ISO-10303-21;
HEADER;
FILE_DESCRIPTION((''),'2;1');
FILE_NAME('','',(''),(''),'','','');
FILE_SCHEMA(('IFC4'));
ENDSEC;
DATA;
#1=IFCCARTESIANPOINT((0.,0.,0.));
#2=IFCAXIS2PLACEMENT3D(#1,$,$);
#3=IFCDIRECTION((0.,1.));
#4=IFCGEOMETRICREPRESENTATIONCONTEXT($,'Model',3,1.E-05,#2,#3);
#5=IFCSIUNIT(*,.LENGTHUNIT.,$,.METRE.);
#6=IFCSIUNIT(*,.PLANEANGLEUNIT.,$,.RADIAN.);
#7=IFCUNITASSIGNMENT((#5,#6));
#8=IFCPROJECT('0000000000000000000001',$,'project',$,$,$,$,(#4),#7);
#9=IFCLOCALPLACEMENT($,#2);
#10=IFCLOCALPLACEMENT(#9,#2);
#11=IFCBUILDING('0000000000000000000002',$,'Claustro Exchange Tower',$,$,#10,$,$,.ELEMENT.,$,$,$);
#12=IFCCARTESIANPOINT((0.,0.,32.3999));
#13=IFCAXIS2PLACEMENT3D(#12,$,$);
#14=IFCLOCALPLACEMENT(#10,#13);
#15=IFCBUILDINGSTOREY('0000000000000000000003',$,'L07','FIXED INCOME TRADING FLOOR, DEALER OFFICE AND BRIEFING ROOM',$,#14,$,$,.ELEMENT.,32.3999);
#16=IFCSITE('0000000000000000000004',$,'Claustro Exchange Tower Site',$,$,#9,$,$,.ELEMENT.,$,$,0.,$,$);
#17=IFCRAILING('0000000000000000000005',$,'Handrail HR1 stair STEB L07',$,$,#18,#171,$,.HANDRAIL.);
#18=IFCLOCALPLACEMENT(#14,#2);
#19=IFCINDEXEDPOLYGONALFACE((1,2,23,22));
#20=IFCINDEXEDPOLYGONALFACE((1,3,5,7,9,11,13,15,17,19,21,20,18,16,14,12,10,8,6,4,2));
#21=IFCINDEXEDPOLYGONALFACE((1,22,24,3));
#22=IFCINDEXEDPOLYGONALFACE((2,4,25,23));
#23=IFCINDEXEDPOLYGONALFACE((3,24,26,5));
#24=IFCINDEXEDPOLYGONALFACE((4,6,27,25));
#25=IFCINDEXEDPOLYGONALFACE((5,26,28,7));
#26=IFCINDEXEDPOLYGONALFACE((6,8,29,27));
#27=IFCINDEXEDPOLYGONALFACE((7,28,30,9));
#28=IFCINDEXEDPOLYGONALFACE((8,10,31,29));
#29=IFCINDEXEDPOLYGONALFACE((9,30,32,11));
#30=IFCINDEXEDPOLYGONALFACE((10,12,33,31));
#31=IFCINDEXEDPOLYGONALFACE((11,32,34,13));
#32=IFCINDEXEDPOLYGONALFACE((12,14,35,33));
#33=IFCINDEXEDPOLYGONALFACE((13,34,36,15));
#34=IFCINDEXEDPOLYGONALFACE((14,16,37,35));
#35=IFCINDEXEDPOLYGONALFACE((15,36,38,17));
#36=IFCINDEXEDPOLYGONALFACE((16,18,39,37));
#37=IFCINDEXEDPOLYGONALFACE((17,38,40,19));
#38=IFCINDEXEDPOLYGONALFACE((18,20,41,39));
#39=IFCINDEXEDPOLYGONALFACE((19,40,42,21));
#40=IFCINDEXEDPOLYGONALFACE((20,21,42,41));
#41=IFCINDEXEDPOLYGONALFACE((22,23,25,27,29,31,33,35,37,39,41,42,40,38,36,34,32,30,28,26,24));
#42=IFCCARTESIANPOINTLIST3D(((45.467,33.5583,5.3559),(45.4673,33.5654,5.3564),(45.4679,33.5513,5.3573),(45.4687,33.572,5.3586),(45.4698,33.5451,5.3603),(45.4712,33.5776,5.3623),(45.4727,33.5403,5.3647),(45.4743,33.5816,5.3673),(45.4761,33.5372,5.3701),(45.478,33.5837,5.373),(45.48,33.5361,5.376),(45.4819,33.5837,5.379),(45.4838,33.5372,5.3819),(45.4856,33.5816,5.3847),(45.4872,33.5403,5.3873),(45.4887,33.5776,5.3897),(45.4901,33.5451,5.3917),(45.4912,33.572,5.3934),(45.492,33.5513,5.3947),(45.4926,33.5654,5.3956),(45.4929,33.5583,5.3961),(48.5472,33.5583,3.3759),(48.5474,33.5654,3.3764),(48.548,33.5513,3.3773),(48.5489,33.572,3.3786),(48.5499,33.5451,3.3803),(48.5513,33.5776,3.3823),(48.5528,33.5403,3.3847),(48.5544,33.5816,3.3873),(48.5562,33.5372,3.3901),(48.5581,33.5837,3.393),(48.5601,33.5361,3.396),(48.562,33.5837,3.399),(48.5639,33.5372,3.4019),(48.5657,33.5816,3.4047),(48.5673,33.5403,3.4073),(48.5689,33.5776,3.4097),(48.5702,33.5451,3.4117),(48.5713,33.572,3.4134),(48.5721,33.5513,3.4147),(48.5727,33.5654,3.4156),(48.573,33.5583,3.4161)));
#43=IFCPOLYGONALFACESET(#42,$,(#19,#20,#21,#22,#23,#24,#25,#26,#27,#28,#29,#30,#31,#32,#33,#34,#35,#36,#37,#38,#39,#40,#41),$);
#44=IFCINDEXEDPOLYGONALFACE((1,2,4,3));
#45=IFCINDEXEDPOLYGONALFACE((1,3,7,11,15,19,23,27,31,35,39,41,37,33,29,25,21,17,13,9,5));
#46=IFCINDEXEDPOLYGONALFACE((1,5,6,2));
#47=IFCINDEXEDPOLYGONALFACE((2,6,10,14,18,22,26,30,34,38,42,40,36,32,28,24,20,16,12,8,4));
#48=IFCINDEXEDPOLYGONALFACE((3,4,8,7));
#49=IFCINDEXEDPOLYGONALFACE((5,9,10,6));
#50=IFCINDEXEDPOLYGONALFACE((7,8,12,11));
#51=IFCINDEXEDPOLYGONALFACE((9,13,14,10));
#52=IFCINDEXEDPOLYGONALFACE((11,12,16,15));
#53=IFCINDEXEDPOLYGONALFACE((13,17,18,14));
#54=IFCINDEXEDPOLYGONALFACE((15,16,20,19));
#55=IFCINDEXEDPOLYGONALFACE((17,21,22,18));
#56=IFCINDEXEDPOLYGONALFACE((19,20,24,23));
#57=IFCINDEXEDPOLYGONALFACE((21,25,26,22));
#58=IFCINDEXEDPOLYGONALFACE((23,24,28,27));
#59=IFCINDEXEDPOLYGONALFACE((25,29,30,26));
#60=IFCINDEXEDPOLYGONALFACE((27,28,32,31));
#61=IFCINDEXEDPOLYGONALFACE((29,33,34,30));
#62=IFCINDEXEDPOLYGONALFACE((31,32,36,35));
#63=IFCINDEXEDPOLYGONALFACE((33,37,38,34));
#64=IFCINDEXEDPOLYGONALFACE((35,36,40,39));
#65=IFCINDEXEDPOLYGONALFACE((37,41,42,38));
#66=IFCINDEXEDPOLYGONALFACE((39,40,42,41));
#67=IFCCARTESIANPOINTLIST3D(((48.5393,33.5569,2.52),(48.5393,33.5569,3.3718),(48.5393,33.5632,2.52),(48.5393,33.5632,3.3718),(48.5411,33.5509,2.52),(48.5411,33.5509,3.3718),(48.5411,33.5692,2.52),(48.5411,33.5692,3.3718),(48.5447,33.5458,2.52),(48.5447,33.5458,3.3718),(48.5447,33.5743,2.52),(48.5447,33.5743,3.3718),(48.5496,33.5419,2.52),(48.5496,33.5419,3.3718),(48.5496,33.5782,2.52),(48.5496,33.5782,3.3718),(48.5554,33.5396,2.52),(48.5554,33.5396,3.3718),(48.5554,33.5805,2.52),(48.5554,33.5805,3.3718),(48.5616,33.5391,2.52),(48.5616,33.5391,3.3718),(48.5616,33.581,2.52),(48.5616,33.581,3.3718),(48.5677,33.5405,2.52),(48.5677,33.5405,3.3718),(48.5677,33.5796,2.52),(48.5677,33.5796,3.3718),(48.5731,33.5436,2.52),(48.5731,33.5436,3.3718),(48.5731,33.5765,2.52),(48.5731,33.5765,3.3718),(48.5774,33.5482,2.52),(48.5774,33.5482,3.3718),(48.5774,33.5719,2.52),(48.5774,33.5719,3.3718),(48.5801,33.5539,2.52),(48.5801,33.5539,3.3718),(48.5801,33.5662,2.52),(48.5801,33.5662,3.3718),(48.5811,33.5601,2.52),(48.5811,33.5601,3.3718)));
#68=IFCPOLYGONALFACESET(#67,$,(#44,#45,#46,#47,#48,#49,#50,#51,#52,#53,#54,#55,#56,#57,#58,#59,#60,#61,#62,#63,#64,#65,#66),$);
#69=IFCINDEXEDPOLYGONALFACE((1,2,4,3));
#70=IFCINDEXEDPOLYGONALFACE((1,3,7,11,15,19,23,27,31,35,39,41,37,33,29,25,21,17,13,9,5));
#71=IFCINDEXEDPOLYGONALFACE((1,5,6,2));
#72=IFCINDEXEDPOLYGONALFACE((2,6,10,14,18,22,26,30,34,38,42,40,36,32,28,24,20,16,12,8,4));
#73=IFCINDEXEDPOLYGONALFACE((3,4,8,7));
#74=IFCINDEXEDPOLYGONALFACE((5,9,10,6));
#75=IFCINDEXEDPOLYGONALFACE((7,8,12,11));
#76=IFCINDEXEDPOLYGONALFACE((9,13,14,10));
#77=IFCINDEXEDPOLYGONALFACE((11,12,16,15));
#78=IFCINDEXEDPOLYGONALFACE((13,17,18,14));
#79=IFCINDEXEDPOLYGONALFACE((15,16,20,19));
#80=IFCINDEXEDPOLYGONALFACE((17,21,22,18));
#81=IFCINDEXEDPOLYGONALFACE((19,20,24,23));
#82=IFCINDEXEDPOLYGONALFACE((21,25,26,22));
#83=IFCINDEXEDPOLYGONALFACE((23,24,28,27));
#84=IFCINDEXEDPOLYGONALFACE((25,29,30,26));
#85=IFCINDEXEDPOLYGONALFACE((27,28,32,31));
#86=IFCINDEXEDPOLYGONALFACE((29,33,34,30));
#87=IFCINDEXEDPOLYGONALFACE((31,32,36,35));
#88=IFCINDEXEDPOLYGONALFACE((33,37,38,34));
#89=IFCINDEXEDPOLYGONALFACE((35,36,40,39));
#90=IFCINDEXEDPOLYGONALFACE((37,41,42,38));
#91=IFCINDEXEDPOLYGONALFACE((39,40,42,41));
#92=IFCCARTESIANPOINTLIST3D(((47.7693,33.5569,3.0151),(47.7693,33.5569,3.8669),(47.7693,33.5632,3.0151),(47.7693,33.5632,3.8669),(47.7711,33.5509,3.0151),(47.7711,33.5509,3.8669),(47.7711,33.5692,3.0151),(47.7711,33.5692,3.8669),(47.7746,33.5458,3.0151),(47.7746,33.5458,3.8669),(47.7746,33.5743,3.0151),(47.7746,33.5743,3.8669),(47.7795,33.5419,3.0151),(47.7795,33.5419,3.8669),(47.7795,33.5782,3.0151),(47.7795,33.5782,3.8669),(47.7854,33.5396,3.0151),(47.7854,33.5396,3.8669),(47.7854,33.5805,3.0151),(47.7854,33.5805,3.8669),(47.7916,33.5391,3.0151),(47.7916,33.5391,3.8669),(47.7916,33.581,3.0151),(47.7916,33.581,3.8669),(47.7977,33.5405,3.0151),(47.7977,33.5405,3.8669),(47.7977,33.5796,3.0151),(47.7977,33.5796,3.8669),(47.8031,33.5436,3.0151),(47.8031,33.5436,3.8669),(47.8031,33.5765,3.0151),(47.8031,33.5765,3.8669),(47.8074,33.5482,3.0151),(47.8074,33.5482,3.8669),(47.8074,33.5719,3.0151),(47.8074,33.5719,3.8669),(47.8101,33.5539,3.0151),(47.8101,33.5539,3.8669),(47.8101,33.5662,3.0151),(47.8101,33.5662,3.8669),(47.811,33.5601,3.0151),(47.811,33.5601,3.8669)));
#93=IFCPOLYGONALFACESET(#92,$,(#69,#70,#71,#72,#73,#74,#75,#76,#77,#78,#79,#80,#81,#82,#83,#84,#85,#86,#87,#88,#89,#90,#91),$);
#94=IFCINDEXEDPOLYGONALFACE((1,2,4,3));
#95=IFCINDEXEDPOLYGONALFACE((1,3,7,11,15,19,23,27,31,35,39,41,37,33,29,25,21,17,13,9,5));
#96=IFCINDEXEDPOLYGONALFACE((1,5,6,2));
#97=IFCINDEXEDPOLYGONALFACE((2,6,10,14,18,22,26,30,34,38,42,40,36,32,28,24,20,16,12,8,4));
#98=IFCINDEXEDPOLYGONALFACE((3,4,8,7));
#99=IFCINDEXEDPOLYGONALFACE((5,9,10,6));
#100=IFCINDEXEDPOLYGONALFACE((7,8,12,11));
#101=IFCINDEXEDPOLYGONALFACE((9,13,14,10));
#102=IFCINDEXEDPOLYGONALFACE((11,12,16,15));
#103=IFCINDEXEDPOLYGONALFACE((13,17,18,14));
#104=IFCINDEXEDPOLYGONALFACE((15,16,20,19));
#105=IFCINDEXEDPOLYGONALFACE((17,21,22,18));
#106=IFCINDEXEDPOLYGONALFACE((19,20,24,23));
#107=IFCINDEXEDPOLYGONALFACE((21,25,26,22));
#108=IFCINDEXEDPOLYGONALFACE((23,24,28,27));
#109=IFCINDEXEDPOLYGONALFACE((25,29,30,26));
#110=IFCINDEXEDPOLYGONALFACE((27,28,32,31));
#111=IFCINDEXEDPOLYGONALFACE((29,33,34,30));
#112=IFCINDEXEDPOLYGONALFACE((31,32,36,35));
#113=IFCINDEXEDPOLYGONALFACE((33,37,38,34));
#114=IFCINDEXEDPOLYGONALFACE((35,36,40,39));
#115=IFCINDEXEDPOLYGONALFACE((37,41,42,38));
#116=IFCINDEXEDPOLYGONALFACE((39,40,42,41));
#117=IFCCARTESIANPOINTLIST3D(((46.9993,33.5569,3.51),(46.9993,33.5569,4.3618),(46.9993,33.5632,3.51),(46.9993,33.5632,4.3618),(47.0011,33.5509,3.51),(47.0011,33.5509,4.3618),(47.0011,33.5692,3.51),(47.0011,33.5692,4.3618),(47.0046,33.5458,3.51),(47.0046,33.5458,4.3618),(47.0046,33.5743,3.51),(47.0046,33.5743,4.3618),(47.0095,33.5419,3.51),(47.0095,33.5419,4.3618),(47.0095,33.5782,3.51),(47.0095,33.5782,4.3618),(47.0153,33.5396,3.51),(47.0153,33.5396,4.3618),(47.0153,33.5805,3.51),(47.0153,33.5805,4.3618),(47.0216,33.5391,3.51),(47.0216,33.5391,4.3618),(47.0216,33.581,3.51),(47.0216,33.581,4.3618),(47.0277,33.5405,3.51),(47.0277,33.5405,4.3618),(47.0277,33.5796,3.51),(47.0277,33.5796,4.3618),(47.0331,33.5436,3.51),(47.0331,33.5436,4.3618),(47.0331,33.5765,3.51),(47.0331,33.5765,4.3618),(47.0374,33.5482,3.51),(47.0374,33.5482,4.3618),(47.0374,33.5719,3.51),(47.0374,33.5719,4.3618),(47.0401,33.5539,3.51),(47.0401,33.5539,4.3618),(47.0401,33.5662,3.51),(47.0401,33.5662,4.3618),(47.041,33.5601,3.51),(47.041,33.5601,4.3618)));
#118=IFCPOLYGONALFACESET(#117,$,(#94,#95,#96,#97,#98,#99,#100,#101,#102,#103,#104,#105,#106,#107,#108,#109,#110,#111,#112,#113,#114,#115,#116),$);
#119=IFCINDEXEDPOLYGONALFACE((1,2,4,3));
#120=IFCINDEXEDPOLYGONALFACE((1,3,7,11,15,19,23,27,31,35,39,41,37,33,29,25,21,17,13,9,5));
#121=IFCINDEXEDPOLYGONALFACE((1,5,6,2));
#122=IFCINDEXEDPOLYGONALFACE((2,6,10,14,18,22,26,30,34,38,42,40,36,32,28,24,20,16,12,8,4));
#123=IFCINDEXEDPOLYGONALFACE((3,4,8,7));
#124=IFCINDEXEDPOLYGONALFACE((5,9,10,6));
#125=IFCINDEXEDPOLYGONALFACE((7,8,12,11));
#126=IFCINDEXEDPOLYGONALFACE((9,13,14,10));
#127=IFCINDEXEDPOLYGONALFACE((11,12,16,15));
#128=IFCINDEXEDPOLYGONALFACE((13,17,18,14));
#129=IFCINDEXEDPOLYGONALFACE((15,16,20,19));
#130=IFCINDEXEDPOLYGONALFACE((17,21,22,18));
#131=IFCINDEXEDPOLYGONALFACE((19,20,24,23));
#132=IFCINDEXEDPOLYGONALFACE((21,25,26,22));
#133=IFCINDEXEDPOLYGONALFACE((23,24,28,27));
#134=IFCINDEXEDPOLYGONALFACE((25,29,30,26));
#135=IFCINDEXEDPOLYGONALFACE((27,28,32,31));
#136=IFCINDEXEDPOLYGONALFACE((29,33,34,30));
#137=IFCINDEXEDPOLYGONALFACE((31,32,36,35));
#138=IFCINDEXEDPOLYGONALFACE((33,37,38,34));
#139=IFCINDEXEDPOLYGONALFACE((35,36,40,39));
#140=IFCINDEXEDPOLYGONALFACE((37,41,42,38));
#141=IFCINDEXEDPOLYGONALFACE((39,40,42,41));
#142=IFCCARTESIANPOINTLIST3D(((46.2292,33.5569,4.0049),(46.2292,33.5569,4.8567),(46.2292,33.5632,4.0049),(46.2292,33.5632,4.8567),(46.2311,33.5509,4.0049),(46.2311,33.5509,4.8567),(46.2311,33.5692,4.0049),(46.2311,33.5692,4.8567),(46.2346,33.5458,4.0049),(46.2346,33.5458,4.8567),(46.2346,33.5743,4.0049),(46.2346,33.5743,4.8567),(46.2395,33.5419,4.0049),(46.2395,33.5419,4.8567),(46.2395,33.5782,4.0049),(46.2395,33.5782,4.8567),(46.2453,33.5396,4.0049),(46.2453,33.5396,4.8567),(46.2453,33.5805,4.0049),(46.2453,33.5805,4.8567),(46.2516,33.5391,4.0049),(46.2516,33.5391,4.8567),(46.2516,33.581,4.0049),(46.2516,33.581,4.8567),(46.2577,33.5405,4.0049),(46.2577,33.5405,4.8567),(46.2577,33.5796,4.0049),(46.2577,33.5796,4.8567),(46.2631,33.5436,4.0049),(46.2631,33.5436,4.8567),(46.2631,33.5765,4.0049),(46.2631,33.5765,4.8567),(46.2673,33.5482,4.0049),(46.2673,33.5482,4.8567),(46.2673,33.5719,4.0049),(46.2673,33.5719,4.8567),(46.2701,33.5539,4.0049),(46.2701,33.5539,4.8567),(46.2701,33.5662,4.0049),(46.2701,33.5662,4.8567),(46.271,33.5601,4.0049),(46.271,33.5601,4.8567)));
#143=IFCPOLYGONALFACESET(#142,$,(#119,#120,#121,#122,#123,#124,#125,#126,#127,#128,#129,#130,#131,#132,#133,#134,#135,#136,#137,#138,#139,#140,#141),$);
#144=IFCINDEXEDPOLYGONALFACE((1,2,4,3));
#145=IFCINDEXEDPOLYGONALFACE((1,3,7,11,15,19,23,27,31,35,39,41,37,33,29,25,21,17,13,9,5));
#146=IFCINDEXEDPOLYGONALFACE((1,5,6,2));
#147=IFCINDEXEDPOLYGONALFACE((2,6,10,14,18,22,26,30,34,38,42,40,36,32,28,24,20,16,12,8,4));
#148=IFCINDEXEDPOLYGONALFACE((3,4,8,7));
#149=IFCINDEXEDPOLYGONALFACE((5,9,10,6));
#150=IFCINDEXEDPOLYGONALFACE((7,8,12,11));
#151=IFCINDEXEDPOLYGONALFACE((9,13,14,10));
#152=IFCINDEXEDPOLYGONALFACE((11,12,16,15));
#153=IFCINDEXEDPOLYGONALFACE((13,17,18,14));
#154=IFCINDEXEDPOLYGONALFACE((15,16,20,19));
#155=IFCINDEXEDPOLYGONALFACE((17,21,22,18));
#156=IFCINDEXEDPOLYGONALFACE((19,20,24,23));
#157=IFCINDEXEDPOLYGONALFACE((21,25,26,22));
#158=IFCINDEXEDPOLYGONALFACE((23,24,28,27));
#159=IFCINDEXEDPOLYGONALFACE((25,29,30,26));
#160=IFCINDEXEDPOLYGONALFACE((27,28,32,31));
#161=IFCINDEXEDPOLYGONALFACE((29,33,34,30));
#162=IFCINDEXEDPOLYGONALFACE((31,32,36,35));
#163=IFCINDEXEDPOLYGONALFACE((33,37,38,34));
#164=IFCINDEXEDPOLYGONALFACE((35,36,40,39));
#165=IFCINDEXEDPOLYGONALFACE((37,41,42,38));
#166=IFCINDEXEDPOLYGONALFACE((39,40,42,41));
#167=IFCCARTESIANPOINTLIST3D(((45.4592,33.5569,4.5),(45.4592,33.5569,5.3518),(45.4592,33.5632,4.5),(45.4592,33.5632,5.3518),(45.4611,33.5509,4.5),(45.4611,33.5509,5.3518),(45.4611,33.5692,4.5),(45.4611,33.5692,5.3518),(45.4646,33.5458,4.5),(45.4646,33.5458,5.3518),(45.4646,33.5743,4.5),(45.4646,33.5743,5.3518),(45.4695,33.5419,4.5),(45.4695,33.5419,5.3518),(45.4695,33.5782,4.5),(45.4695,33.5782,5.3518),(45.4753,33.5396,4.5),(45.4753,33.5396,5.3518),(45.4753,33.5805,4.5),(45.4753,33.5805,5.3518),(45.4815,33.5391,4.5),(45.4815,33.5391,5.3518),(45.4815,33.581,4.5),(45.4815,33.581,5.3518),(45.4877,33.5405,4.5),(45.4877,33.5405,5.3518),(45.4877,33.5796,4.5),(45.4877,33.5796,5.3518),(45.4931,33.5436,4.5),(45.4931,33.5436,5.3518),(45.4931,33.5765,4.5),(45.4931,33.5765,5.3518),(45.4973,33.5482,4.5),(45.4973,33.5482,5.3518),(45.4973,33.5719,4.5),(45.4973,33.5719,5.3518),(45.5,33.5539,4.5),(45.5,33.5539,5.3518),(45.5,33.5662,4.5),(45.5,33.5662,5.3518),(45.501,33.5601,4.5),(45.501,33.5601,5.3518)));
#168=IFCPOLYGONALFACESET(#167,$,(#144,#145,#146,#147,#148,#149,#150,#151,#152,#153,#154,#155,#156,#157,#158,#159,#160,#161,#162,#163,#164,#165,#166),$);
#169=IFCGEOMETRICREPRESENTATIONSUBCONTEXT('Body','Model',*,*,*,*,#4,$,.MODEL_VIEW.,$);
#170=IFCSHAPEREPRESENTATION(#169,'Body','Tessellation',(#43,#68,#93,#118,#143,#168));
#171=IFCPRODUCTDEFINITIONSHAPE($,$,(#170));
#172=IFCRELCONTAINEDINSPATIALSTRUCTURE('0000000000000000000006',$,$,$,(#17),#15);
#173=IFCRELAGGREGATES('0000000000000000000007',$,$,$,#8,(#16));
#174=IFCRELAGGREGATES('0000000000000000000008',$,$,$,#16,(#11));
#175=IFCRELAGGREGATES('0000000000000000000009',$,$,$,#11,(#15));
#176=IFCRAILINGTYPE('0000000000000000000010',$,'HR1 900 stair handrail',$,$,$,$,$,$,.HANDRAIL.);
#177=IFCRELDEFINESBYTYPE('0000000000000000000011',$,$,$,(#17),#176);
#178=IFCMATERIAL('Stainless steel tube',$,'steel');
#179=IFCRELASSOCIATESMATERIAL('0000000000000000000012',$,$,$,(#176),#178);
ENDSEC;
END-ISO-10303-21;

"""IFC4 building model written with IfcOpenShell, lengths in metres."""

from ifc_helpers import new_model, si_unit, direction, frame, origin, origin_2d, place, context, subcontext, project, spatial, circle, extrude, material, type_object, element, save


model = new_model("IFC4")

# Units and contexts
model_context = context("Model", 3, precision=1e-05, world=origin(), true_north=direction((0.0, 1.0)))
body_context = subcontext(model_context, "Body", "Model", "MODEL_VIEW")
ifc_project = project(units=[si_unit("LENGTHUNIT", "METRE"), si_unit("PLANEANGLEUNIT", "RADIAN")], contexts=[model_context])

# Site, building, storey
site_placement = place(None, origin())
site = spatial("IfcSite", under=ifc_project, at=site_placement, Name="Claustro Exchange Tower Site", CompositionType="ELEMENT", RefElevation=0.0)
building_placement = place(site_placement, origin())
building = spatial("IfcBuilding", under=site, at=building_placement, Name="Claustro Exchange Tower", CompositionType="ELEMENT")
storey_placement = place(building_placement, frame((0.0, 0.0, 32.3999)))
storey = spatial("IfcBuildingStorey", under=building, at=storey_placement, Name="L07", Description="FIXED INCOME TRADING FLOOR, DEALER OFFICE AND BRIEFING ROOM", CompositionType="ELEMENT", Elevation=32.3999)

# Railing
ifc_material_1 = material(Name="Stainless steel tube", Category="steel")
railing_type_1 = type_object("IfcRailingType", Name="HR1 900 stair handrail", PredefinedType="HANDRAIL", material=ifc_material_1)
railing_1_placement = place(storey_placement, frame((48.5601, 33.5601, 2.52)))
element("IfcRailing", 1, at=railing_1_placement, inside=storey, type_object=railing_type_1, Name="Handrail HR1 stair STEB L07", PredefinedType="HANDRAIL", context=body_context, shape_type="SweptSolid", body=[
    extrude(circle(Radius=0.0239, at=origin_2d()), frame((0.0, 0.0, 0.876), z_axis=(-0.841187, 0.0, 0.540744), x_axis=(0.0, -1.0, 0.0)), (0.0, 0.0, 1.0), 3.6616),
    extrude(circle(Radius=0.021, at=origin_2d()), origin(), (0.0, 0.0, 1.0), 0.8518),
    extrude(circle(Radius=0.021, at=origin_2d()), frame((-0.77, 0.0, 0.4951)), (0.0, 0.0, 1.0), 0.8518),
    extrude(circle(Radius=0.021, at=origin_2d()), frame((-1.54, 0.0, 0.99)), (0.0, 0.0, 1.0), 0.8518),
    extrude(circle(Radius=0.021, at=origin_2d()), frame((-2.3101, 0.0, 1.4849)), (0.0, 0.0, 1.0), 0.8518),
    extrude(circle(Radius=0.021, at=origin_2d()), frame((-3.0801, 0.0, 1.98)), (0.0, 0.0, 1.0), 0.8518),
])

save(model, "model.ifc")
